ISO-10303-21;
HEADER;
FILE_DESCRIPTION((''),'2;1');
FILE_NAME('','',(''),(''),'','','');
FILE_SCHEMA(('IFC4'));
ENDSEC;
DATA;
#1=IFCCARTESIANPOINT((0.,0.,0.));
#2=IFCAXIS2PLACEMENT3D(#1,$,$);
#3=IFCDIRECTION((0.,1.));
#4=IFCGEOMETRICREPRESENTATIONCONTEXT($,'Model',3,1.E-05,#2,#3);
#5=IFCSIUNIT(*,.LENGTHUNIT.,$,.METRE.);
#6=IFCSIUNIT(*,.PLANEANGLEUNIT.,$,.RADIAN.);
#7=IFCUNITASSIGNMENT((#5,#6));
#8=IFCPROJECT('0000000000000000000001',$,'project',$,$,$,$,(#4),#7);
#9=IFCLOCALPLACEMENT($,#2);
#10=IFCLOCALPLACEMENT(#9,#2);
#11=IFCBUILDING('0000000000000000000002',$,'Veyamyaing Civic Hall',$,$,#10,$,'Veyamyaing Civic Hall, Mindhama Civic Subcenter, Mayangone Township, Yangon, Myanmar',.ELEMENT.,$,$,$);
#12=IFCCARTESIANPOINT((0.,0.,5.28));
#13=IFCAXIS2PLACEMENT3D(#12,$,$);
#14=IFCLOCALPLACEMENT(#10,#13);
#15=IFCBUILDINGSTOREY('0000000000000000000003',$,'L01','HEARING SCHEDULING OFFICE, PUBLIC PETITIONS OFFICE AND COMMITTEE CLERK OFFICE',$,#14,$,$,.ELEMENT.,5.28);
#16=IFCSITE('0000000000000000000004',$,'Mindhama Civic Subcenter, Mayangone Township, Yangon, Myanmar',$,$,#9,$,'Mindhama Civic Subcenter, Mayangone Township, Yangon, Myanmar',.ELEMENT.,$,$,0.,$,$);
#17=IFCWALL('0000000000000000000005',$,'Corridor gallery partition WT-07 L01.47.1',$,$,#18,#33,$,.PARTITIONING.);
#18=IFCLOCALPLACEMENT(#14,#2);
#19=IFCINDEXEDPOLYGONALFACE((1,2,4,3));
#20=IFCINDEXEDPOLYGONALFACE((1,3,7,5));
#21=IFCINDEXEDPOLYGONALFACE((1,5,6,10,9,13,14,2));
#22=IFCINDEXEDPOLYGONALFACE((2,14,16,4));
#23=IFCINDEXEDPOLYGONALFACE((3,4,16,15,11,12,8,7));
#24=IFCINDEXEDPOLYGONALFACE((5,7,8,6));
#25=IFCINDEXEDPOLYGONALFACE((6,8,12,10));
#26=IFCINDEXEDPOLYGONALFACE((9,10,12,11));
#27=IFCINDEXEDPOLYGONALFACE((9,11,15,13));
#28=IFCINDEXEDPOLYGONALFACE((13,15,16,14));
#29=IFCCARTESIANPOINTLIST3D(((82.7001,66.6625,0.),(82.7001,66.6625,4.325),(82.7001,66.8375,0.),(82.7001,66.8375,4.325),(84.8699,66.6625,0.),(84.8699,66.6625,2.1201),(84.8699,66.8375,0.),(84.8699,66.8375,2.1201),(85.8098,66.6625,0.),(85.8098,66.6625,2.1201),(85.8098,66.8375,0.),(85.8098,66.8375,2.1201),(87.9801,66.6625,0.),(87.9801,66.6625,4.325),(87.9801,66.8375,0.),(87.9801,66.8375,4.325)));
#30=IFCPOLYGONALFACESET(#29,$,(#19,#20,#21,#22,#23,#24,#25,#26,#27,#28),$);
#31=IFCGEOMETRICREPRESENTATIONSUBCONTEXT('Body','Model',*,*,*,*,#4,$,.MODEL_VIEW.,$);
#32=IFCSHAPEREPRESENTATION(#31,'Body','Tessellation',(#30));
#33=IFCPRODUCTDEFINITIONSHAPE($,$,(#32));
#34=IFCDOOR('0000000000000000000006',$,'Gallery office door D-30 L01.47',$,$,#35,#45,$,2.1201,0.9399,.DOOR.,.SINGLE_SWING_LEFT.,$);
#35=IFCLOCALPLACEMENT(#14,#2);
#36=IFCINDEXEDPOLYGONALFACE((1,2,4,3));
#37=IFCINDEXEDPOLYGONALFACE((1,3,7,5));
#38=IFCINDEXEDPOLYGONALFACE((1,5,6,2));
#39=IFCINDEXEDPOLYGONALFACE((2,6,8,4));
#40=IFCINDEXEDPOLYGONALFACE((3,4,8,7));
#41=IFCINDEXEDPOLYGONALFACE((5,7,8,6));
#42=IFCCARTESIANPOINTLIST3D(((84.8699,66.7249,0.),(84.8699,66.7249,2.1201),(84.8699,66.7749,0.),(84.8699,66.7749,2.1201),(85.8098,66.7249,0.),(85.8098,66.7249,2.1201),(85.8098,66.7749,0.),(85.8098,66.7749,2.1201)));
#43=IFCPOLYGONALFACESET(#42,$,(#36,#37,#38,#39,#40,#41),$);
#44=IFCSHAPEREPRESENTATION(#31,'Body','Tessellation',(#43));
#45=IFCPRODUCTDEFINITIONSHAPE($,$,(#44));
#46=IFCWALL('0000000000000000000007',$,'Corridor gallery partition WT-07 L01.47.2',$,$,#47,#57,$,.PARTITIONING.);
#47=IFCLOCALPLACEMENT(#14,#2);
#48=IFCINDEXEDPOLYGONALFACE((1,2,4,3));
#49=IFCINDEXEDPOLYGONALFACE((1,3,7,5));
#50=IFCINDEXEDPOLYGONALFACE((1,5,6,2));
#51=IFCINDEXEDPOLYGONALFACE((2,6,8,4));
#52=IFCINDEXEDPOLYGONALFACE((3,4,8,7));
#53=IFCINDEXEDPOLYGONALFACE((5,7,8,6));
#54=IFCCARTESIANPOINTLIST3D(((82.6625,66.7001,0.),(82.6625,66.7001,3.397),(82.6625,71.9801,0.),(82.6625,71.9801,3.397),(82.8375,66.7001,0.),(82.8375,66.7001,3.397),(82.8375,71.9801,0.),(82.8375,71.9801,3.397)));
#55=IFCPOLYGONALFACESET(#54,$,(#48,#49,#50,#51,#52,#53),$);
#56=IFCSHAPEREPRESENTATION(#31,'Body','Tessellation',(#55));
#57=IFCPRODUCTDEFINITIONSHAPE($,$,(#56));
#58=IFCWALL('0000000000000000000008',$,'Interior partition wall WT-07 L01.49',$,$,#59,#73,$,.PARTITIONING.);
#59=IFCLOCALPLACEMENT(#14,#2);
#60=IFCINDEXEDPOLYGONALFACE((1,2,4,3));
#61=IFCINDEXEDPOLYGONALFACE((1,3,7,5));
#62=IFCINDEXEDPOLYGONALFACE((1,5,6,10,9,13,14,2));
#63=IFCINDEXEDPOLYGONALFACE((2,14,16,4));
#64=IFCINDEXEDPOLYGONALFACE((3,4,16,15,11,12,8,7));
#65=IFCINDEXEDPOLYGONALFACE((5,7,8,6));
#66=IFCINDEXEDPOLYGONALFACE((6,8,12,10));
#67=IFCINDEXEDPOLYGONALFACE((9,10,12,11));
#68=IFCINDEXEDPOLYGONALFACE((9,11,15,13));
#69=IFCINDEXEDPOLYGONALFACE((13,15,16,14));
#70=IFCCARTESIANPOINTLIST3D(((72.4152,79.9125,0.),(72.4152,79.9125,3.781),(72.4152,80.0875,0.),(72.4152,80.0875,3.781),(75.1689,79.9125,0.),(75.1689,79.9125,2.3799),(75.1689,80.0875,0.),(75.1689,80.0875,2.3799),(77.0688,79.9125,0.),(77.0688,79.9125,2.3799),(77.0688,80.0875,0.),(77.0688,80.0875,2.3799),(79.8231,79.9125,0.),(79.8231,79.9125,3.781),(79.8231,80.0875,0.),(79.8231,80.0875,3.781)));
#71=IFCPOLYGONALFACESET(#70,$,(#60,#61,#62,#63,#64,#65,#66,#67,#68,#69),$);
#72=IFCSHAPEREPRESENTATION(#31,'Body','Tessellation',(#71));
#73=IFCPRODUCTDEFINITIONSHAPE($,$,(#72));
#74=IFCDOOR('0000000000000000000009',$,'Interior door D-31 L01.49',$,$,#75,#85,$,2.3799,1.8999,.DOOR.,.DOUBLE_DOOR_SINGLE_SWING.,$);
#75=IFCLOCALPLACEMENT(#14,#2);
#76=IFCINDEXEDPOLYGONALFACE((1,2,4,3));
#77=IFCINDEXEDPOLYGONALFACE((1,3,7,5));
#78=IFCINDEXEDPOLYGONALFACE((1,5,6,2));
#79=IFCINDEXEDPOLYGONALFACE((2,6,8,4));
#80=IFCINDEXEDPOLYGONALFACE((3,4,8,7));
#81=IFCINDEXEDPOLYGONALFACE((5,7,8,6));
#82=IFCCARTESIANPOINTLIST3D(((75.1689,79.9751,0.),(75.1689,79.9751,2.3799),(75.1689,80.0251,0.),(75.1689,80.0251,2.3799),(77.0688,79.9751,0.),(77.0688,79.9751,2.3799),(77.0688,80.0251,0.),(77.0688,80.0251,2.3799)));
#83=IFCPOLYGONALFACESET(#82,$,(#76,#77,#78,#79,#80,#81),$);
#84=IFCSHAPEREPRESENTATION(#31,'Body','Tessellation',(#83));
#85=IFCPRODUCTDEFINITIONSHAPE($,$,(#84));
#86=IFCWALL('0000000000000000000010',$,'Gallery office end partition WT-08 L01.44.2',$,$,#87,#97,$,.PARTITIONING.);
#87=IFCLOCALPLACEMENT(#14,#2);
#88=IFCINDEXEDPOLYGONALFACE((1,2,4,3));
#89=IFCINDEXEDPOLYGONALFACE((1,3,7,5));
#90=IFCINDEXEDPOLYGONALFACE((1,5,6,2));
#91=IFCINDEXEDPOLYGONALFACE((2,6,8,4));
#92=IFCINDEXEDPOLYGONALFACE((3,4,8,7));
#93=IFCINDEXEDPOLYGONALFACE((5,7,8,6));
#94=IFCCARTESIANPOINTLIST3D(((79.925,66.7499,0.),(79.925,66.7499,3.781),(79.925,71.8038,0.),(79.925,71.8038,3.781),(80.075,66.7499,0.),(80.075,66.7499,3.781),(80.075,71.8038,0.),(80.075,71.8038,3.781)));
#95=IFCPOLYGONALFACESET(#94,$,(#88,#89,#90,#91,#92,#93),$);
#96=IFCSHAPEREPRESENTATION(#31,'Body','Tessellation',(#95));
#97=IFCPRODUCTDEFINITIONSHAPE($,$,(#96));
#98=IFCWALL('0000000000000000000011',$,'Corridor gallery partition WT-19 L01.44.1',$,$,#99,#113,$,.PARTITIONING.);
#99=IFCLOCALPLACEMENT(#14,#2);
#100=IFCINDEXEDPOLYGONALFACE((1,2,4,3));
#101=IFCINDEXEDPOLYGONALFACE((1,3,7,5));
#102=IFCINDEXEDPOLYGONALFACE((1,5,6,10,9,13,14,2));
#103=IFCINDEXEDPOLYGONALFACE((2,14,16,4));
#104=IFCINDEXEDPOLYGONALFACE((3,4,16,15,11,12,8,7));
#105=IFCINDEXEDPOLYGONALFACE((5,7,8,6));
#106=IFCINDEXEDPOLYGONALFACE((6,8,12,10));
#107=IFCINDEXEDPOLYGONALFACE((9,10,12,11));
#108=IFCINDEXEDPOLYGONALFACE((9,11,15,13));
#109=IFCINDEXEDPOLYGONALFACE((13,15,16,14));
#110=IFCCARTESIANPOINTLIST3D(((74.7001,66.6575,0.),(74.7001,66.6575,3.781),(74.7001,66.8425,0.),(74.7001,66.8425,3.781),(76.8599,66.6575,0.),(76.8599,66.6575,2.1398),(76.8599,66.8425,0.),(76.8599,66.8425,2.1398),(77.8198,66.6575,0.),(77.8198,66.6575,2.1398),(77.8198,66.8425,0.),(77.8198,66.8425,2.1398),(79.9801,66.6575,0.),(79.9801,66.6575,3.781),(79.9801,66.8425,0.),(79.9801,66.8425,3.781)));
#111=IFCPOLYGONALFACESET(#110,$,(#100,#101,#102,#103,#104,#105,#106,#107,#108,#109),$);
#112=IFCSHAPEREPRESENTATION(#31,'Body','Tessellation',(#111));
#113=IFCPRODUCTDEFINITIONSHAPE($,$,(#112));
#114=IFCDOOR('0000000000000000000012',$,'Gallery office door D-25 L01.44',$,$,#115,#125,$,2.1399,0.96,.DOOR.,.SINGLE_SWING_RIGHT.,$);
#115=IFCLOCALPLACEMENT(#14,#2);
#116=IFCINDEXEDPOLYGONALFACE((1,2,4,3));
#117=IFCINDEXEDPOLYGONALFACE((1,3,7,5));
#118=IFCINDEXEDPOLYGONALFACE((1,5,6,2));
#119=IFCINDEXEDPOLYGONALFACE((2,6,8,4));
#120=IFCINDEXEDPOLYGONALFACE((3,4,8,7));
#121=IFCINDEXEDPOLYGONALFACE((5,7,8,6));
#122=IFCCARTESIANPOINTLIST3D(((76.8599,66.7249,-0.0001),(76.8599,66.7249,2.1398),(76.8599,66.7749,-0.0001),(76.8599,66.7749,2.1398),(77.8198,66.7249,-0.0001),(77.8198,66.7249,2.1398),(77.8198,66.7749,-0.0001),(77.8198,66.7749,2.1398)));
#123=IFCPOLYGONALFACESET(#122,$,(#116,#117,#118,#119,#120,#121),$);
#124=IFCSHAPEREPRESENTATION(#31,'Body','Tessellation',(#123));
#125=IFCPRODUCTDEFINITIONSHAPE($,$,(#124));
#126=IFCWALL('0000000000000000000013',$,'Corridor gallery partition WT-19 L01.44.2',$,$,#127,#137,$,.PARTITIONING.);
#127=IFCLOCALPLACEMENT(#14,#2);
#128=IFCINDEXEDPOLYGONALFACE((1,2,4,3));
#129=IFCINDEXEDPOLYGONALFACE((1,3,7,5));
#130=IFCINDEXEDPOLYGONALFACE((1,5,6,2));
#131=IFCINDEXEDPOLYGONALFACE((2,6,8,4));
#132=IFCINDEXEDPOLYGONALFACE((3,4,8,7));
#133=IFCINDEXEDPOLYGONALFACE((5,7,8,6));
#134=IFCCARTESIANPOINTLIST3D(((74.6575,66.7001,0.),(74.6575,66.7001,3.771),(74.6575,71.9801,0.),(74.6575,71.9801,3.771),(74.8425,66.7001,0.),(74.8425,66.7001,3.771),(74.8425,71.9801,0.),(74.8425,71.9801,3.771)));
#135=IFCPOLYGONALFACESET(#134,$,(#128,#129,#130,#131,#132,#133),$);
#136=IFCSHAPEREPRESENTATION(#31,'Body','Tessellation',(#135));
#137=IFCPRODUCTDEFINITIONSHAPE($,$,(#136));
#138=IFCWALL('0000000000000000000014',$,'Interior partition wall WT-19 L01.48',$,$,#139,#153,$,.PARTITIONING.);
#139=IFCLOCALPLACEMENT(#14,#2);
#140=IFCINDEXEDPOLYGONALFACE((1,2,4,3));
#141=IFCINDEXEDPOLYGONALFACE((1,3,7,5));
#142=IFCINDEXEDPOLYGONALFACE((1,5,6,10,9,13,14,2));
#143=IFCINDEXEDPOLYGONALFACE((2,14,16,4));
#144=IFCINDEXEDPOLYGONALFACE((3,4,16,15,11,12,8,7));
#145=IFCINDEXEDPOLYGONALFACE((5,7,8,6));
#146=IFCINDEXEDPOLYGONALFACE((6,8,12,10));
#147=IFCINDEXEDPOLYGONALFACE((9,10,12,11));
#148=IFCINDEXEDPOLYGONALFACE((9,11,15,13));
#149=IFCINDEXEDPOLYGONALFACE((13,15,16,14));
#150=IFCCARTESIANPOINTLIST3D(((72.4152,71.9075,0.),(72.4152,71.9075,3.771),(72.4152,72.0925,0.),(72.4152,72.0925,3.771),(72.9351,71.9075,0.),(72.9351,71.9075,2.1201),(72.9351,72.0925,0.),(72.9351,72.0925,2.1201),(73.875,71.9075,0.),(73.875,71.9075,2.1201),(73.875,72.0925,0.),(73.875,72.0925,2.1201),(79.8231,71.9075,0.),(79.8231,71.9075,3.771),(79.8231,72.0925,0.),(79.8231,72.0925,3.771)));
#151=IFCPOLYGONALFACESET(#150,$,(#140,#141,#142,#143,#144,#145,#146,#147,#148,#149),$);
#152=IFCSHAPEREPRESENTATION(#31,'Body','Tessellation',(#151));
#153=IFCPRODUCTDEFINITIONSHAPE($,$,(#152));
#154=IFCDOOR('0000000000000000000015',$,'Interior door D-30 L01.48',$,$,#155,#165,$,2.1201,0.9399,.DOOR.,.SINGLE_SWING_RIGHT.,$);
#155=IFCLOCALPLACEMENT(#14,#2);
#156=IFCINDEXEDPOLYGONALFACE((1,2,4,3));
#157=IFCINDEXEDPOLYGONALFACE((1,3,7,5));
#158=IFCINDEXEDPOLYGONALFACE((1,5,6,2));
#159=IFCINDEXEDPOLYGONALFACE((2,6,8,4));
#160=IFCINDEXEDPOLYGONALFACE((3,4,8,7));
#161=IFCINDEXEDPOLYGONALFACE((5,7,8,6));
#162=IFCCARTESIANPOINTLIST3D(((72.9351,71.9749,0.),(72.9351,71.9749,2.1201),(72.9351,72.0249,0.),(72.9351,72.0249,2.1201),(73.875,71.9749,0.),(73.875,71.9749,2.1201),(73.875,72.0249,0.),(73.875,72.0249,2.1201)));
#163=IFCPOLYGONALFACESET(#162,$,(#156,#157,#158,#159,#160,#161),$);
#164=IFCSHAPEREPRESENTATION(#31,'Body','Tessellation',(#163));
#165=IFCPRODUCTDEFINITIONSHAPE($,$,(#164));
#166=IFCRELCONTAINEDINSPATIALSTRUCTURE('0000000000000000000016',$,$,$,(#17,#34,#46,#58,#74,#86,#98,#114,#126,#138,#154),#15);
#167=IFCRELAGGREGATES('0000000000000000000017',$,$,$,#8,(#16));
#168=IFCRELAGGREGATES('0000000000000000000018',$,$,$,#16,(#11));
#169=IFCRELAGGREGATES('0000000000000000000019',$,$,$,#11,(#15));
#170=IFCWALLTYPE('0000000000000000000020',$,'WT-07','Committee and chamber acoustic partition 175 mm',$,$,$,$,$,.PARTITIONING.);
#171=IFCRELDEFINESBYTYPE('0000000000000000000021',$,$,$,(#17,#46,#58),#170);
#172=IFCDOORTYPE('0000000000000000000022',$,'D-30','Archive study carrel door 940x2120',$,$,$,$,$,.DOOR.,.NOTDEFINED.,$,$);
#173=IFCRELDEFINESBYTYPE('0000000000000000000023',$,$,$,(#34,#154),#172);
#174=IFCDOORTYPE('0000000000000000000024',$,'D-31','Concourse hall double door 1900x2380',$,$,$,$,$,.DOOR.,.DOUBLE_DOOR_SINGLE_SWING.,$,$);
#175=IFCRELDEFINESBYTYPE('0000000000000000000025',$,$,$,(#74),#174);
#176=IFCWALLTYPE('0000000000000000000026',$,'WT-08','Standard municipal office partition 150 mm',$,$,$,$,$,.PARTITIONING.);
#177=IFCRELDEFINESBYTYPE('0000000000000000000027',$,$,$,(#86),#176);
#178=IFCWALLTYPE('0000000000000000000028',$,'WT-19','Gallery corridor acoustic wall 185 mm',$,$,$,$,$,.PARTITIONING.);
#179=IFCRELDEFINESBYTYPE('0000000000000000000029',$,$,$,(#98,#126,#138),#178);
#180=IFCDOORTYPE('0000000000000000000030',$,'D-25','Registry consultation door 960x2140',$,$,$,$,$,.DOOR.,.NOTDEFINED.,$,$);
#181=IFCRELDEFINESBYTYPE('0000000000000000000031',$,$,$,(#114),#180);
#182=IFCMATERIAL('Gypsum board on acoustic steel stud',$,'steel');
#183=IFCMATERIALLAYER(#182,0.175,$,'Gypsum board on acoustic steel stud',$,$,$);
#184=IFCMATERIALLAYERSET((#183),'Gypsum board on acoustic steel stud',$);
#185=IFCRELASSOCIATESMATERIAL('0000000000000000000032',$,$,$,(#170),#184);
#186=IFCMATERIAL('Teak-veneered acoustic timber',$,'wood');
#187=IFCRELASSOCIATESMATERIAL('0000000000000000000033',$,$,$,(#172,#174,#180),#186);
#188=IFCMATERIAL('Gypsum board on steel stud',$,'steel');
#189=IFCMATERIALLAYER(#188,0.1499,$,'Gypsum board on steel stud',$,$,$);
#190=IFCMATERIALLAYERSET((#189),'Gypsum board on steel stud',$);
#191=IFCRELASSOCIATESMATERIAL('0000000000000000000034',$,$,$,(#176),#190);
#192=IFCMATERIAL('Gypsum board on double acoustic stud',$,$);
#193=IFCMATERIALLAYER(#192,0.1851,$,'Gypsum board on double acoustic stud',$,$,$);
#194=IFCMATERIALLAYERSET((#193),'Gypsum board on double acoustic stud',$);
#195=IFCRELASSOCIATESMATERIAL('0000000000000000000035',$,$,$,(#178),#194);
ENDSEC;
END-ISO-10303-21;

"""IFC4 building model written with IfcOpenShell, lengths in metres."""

from ifc_helpers import new_model, si_unit, direction, frame, frame_2d, origin, place, context, subcontext, project, spatial, rectangle, extrude, material, layer, layer_set, type_object, element, fill, save


model = new_model("IFC4")

# Units and contexts
model_context = context("Model", 3, precision=1e-05, world=origin(), true_north=direction((0.0, 1.0)))
body_context = subcontext(model_context, "Body", "Model", "MODEL_VIEW")
ifc_project = project(units=[si_unit("LENGTHUNIT", "METRE"), si_unit("PLANEANGLEUNIT", "RADIAN")], contexts=[model_context])

# Site, building, storey
site_placement = place(None, origin())
site = spatial("IfcSite", under=ifc_project, at=site_placement, Name="Mindhama Civic Subcenter, Mayangone Township, Yangon, Myanmar", LongName="Mindhama Civic Subcenter, Mayangone Township, Yangon, Myanmar", CompositionType="ELEMENT", RefElevation=0.0)
building_placement = place(site_placement, origin())
building = spatial("IfcBuilding", under=site, at=building_placement, Name="Veyamyaing Civic Hall", LongName="Veyamyaing Civic Hall, Mindhama Civic Subcenter, Mayangone Township, Yangon, Myanmar", CompositionType="ELEMENT")
storey_placement = place(building_placement, frame((0.0, 0.0, 5.28)))
storey = spatial("IfcBuildingStorey", under=building, at=storey_placement, Name="L01", Description="HEARING SCHEDULING OFFICE, PUBLIC PETITIONS OFFICE AND COMMITTEE CLERK OFFICE", CompositionType="ELEMENT", Elevation=5.28)

# Wall, opening, door
ifc_material_1 = material(Name="Gypsum board on acoustic steel stud", Category="steel")
ifc_layer_1 = layer(ifc_material_1, 0.175, Name="Gypsum board on acoustic steel stud")
ifc_layer_set_1 = layer_set([ifc_layer_1], Name="Gypsum board on acoustic steel stud")
wall_type_1 = type_object("IfcWallType", Name="WT-07", Description="Committee and chamber acoustic partition 175 mm", PredefinedType="PARTITIONING", material=ifc_layer_set_1)
wall_1_placement = place(storey_placement, frame((82.7, 66.75, 0.0), z_axis=(0.0, 0.0, 1.0), x_axis=(1.0, 0.0, 0.0)))
wall_1 = element("IfcWall", 1, at=wall_1_placement, inside=storey, type_object=wall_type_1, Name="Corridor gallery partition WT-07 L01.47.1", PredefinedType="PARTITIONING", context=body_context, shape_type="SweptSolid", body=[
    extrude(rectangle(XDim=5.28, YDim=0.175, at=frame_2d((2.6401, 0.0))), origin(), (0.0, 0.0, 1.0), 4.325),
])
opening_1_placement = place(wall_1_placement, frame((2.1699, 0.0, 0.0)))
opening_1 = element("IfcOpeningElement", 2, at=opening_1_placement, cuts=wall_1, PredefinedType="OPENING", context=body_context, shape_type="SweptSolid", body=[
    extrude(rectangle(XDim=0.9399, YDim=2.1201, at=frame_2d((0.47, 1.0601))), frame((0.0, 0.0974, 0.0), z_axis=(0.0, -1.0, 0.0), x_axis=(1.0, 0.0, 0.0)), (0.0, 0.0, 1.0), 0.1951),
])
ifc_material_2 = material(Name="Teak-veneered acoustic timber", Category="wood")
door_type_1 = type_object("IfcDoorType", Name="D-30", Description="Archive study carrel door 940x2120", OperationType="NOTDEFINED", PredefinedType="DOOR", material=ifc_material_2)
door_1_placement = place(opening_1_placement, origin())
door_1 = element("IfcDoor", 3, at=door_1_placement, inside=storey, type_object=door_type_1, Name="Gallery office door D-30 L01.47", OperationType="SINGLE_SWING_LEFT", OverallHeight=2.1201, OverallWidth=0.9399, PredefinedType="DOOR", context=body_context, shape_type="SweptSolid", body=[
    extrude(rectangle(XDim=0.9399, YDim=2.1201, at=frame_2d((0.47, 1.0601))), frame((0.0, 0.0249, 0.0), z_axis=(0.0, -1.0, 0.0), x_axis=(1.0, 0.0, 0.0)), (0.0, 0.0, 1.0), 0.05),
])
fill(opening_1, door_1)

# Wall
wall_2_placement = place(storey_placement, frame((82.75, 66.7, 0.0), z_axis=(0.0, 0.0, 1.0), x_axis=(0.0, 1.0, 0.0)))
element("IfcWall", 4, at=wall_2_placement, inside=storey, type_object=wall_type_1, Name="Corridor gallery partition WT-07 L01.47.2", PredefinedType="PARTITIONING", context=body_context, shape_type="SweptSolid", body=[
    extrude(rectangle(XDim=5.28, YDim=0.175, at=frame_2d((2.6401, 0.0))), origin(), (0.0, 0.0, 1.0), 3.397),
])

# Wall, opening, door
wall_3_placement = place(storey_placement, frame((72.415, 80.0, 0.0), z_axis=(0.0, 0.0, 1.0), x_axis=(1.0, 0.0, 0.0)))
wall_3 = element("IfcWall", 5, at=wall_3_placement, inside=storey, type_object=wall_type_1, Name="Interior partition wall WT-07 L01.49", PredefinedType="PARTITIONING", context=body_context, shape_type="SweptSolid", body=[
    extrude(rectangle(XDim=7.408, YDim=0.175, at=frame_2d((3.7041, 0.0))), origin(), (0.0, 0.0, 1.0), 3.781),
])
opening_2_placement = place(wall_3_placement, frame((2.7539, 0.0, 0.0)))
opening_2 = element("IfcOpeningElement", 6, at=opening_2_placement, cuts=wall_3, PredefinedType="OPENING", context=body_context, shape_type="SweptSolid", body=[
    extrude(rectangle(XDim=1.8999, YDim=2.3799, at=frame_2d((0.95, 1.1899))), frame((0.0, 0.0974, 0.0), z_axis=(0.0, -1.0, 0.0), x_axis=(1.0, 0.0, 0.0)), (0.0, 0.0, 1.0), 0.1951),
])
door_type_2 = type_object("IfcDoorType", Name="D-31", Description="Concourse hall double door 1900x2380", OperationType="DOUBLE_DOOR_SINGLE_SWING", PredefinedType="DOOR", material=ifc_material_2)
door_2_placement = place(opening_2_placement, frame((1.8999, 0.0, 0.0), z_axis=(0.0, 0.0, 1.0), x_axis=(-1.0, 0.0, 0.0)))
door_2 = element("IfcDoor", 7, at=door_2_placement, inside=storey, type_object=door_type_2, Name="Interior door D-31 L01.49", OperationType="DOUBLE_DOOR_SINGLE_SWING", OverallHeight=2.3799, OverallWidth=1.8999, PredefinedType="DOOR", context=body_context, shape_type="SweptSolid", body=[
    extrude(rectangle(XDim=1.8999, YDim=2.3799, at=frame_2d((0.95, 1.1899))), frame((0.0, 0.0249, 0.0), z_axis=(0.0, -1.0, 0.0), x_axis=(1.0, 0.0, 0.0)), (0.0, 0.0, 1.0), 0.05),
])
fill(opening_2, door_2)

# Wall
ifc_material_3 = material(Name="Gypsum board on steel stud", Category="steel")
ifc_layer_2 = layer(ifc_material_3, 0.1499, Name="Gypsum board on steel stud")
ifc_layer_set_2 = layer_set([ifc_layer_2], Name="Gypsum board on steel stud")
wall_type_2 = type_object("IfcWallType", Name="WT-08", Description="Standard municipal office partition 150 mm", PredefinedType="PARTITIONING", material=ifc_layer_set_2)
wall_4_placement = place(storey_placement, frame((80.0, 66.75, 0.0), z_axis=(0.0, 0.0, 1.0), x_axis=(0.0, 1.0, 0.0)))
element("IfcWall", 8, at=wall_4_placement, inside=storey, type_object=wall_type_2, Name="Gallery office end partition WT-08 L01.44.2", PredefinedType="PARTITIONING", context=body_context, shape_type="SweptSolid", body=[
    extrude(rectangle(XDim=5.054, YDim=0.1499, at=frame_2d((2.5269, 0.0))), origin(), (0.0, 0.0, 1.0), 3.781),
])

# Wall, opening, door
ifc_material_4 = material(Name="Gypsum board on double acoustic stud")
ifc_layer_3 = layer(ifc_material_4, 0.1851, Name="Gypsum board on double acoustic stud")
ifc_layer_set_3 = layer_set([ifc_layer_3], Name="Gypsum board on double acoustic stud")
wall_type_3 = type_object("IfcWallType", Name="WT-19", Description="Gallery corridor acoustic wall 185 mm", PredefinedType="PARTITIONING", material=ifc_layer_set_3)
wall_5_placement = place(storey_placement, frame((74.7, 66.75, 0.0), z_axis=(0.0, 0.0, 1.0), x_axis=(1.0, 0.0, 0.0)))
wall_5 = element("IfcWall", 9, at=wall_5_placement, inside=storey, type_object=wall_type_3, Name="Corridor gallery partition WT-19 L01.44.1", PredefinedType="PARTITIONING", context=body_context, shape_type="SweptSolid", body=[
    extrude(rectangle(XDim=5.28, YDim=0.1851, at=frame_2d((2.6401, 0.0))), origin(), (0.0, 0.0, 1.0), 3.781),
])
opening_3_placement = place(wall_5_placement, frame((2.1599, 0.0, 0.0)))
opening_3 = element("IfcOpeningElement", 10, at=opening_3_placement, cuts=wall_5, PredefinedType="OPENING", context=body_context, shape_type="SweptSolid", body=[
    extrude(rectangle(XDim=0.96, YDim=2.1399, at=frame_2d((0.48, 1.0698))), frame((0.0, 0.1025, 0.0), z_axis=(0.0, -1.0, 0.0), x_axis=(1.0, 0.0, 0.0)), (0.0, 0.0, 1.0), 0.2051),
])
door_type_3 = type_object("IfcDoorType", Name="D-25", Description="Registry consultation door 960x2140", OperationType="NOTDEFINED", PredefinedType="DOOR", material=ifc_material_2)
door_3_placement = place(opening_3_placement, origin())
door_3 = element("IfcDoor", 11, at=door_3_placement, inside=storey, type_object=door_type_3, Name="Gallery office door D-25 L01.44", OperationType="SINGLE_SWING_RIGHT", OverallHeight=2.1399, OverallWidth=0.96, PredefinedType="DOOR", context=body_context, shape_type="SweptSolid", body=[
    extrude(rectangle(XDim=0.96, YDim=2.1399, at=frame_2d((0.48, 1.0698))), frame((0.0, 0.0249, 0.0), z_axis=(0.0, -1.0, 0.0), x_axis=(1.0, 0.0, 0.0)), (0.0, 0.0, 1.0), 0.05),
])
fill(opening_3, door_3)

# Wall
wall_6_placement = place(storey_placement, frame((74.75, 66.7, 0.0), z_axis=(0.0, 0.0, 1.0), x_axis=(0.0, 1.0, 0.0)))
element("IfcWall", 12, at=wall_6_placement, inside=storey, type_object=wall_type_3, Name="Corridor gallery partition WT-19 L01.44.2", PredefinedType="PARTITIONING", context=body_context, shape_type="SweptSolid", body=[
    extrude(rectangle(XDim=5.28, YDim=0.1851, at=frame_2d((2.6401, 0.0))), origin(), (0.0, 0.0, 1.0), 3.771),
])

# Wall, opening, door
wall_7_placement = place(storey_placement, frame((72.415, 72.0, 0.0), z_axis=(0.0, 0.0, 1.0), x_axis=(1.0, 0.0, 0.0)))
wall_7 = element("IfcWall", 13, at=wall_7_placement, inside=storey, type_object=wall_type_3, Name="Interior partition wall WT-19 L01.48", PredefinedType="PARTITIONING", context=body_context, shape_type="SweptSolid", body=[
    extrude(rectangle(XDim=7.408, YDim=0.1851, at=frame_2d((3.7041, 0.0))), origin(), (0.0, 0.0, 1.0), 3.771),
])
opening_4_placement = place(wall_7_placement, frame((0.52, 0.0, 0.0)))
opening_4 = element("IfcOpeningElement", 14, at=opening_4_placement, cuts=wall_7, PredefinedType="OPENING", context=body_context, shape_type="SweptSolid", body=[
    extrude(rectangle(XDim=0.9399, YDim=2.1201, at=frame_2d((0.47, 1.0601))), frame((0.0, 0.1025, 0.0), z_axis=(0.0, -1.0, 0.0), x_axis=(1.0, 0.0, 0.0)), (0.0, 0.0, 1.0), 0.2051),
])
door_4_placement = place(opening_4_placement, origin())
door_4 = element("IfcDoor", 15, at=door_4_placement, inside=storey, type_object=door_type_1, Name="Interior door D-30 L01.48", OperationType="SINGLE_SWING_RIGHT", OverallHeight=2.1201, OverallWidth=0.9399, PredefinedType="DOOR", context=body_context, shape_type="SweptSolid", body=[
    extrude(rectangle(XDim=0.9399, YDim=2.1201, at=frame_2d((0.47, 1.0601))), frame((0.0, 0.0249, 0.0), z_axis=(0.0, -1.0, 0.0), x_axis=(1.0, 0.0, 0.0)), (0.0, 0.0, 1.0), 0.05),
])
fill(opening_4, door_4)

save(model, "model.ifc")
